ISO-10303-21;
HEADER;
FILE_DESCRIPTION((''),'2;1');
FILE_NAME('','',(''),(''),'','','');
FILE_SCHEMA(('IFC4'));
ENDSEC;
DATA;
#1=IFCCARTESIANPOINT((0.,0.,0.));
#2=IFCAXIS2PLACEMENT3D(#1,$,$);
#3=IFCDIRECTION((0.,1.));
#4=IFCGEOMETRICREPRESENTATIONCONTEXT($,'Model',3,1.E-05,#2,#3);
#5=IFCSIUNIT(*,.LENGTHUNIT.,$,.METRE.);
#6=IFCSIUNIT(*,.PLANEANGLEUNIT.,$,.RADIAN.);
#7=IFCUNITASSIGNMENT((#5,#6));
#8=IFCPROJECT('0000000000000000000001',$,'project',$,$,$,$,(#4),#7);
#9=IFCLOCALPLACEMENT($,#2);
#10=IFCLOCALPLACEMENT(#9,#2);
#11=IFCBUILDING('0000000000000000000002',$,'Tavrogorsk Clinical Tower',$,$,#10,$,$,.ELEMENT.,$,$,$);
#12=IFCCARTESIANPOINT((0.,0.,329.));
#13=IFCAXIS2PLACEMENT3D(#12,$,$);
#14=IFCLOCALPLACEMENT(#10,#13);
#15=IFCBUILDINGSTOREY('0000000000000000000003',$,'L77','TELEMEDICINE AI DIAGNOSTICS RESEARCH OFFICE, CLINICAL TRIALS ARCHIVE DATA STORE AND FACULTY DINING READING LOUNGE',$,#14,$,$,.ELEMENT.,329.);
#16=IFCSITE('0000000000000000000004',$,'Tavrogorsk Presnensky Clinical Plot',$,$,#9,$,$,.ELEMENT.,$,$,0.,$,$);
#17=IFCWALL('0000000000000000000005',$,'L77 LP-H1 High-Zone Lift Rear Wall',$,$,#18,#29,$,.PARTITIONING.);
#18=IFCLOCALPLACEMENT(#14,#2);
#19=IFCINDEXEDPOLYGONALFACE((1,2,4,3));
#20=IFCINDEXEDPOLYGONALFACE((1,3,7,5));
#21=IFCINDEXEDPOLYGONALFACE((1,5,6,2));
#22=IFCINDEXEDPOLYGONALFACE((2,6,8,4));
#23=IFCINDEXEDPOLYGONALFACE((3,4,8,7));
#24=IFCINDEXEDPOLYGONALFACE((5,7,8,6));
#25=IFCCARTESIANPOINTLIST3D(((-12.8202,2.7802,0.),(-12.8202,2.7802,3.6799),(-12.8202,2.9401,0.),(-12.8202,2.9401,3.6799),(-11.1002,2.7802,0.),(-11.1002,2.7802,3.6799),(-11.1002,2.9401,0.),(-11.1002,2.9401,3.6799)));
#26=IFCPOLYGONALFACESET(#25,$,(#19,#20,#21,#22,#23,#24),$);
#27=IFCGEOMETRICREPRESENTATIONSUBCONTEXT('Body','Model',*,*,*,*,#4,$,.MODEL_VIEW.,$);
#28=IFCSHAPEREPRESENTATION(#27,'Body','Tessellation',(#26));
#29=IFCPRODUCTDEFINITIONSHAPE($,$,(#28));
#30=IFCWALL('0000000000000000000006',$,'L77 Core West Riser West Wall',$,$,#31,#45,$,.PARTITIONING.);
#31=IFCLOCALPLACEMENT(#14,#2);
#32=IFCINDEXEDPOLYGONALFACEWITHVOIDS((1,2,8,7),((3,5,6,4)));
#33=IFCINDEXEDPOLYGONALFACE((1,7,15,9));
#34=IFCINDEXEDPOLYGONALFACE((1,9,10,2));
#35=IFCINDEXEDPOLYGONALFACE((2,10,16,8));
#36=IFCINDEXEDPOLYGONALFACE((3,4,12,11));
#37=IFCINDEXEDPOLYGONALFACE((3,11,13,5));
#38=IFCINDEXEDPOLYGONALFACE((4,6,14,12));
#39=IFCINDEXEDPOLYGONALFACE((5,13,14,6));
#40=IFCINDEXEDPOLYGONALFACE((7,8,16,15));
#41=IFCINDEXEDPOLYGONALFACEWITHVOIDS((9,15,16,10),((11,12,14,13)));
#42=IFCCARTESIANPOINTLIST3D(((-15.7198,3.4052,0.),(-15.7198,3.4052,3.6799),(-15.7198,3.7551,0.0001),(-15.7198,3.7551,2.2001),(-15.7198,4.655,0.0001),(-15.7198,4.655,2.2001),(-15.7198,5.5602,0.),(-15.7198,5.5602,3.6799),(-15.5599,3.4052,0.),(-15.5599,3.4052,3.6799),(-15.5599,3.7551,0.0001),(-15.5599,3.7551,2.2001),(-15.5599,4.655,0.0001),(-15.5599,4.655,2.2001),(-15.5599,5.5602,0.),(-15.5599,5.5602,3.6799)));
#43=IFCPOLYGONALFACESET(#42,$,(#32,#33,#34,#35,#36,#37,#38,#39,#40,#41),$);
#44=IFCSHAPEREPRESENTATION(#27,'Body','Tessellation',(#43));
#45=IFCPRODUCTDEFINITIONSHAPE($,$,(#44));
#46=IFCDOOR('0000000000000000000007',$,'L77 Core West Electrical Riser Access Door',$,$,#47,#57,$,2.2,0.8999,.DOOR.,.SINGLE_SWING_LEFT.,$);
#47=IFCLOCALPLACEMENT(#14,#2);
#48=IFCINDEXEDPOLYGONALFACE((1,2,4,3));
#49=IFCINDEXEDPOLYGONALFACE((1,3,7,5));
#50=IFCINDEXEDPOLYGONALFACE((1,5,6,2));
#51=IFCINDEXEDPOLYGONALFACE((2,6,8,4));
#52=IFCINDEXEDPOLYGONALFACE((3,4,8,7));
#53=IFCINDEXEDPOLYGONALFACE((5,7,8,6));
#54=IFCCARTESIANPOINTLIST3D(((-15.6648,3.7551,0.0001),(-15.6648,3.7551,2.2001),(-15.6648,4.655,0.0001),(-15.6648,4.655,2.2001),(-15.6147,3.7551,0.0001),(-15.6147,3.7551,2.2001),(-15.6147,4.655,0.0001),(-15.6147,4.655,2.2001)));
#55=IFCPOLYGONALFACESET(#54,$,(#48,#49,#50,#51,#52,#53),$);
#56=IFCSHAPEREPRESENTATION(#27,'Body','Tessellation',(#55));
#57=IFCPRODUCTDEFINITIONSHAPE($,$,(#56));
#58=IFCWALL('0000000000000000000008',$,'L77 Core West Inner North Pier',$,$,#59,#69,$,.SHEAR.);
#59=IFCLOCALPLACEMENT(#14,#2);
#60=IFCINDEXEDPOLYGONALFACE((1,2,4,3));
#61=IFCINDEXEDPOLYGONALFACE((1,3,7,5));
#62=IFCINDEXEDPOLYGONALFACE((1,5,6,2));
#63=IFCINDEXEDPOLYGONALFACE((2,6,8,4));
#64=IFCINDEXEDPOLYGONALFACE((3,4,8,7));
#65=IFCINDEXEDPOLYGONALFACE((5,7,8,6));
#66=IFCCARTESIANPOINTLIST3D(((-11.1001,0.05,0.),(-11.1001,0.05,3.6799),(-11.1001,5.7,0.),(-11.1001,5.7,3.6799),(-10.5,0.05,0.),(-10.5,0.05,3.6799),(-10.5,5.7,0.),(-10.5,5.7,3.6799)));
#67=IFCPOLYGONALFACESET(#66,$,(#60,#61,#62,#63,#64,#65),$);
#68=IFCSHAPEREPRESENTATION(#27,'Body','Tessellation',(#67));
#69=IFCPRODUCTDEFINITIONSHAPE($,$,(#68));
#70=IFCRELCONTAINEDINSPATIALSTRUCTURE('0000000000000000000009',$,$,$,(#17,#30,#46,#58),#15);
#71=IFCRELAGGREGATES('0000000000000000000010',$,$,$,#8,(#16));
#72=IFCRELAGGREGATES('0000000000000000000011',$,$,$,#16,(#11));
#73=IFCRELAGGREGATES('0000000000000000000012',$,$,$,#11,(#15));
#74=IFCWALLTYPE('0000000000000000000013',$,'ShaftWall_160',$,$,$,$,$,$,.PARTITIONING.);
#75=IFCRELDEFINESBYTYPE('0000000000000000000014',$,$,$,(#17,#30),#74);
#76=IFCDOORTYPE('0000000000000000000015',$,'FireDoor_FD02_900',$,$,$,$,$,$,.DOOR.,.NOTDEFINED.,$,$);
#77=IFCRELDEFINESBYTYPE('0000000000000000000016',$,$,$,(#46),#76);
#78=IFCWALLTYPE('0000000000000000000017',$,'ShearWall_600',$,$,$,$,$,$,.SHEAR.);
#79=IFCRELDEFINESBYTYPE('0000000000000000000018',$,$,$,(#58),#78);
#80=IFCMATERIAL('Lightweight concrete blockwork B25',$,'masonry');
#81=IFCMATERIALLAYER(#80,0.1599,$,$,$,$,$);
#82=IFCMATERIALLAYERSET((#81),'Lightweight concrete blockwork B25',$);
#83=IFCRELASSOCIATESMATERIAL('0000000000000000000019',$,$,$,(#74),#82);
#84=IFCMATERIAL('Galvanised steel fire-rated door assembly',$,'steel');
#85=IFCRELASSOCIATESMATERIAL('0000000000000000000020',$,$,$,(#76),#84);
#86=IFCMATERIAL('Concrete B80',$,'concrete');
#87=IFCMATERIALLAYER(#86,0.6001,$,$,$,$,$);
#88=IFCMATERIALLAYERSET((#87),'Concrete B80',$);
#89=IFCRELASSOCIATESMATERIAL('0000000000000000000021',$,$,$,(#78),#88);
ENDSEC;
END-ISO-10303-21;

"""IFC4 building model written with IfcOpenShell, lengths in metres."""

from ifc_helpers import new_model, si_unit, direction, frame, frame_2d, origin, place, context, subcontext, project, spatial, rectangle, extrude, material, layer, layer_set, type_object, element, fill, save


model = new_model("IFC4")

# Units and contexts
model_context = context("Model", 3, precision=1e-05, world=origin(), true_north=direction((0.0, 1.0)))
body_context = subcontext(model_context, "Body", "Model", "MODEL_VIEW")
ifc_project = project(units=[si_unit("LENGTHUNIT", "METRE"), si_unit("PLANEANGLEUNIT", "RADIAN")], contexts=[model_context])

# Site, building, storey
site_placement = place(None, origin())
site = spatial("IfcSite", under=ifc_project, at=site_placement, Name="Tavrogorsk Presnensky Clinical Plot", CompositionType="ELEMENT", RefElevation=0.0)
building_placement = place(site_placement, origin())
building = spatial("IfcBuilding", under=site, at=building_placement, Name="Tavrogorsk Clinical Tower", CompositionType="ELEMENT")
storey_placement = place(building_placement, frame((0.0, 0.0, 329.0)))
storey = spatial("IfcBuildingStorey", under=building, at=storey_placement, Name="L77", Description="TELEMEDICINE AI DIAGNOSTICS RESEARCH OFFICE, CLINICAL TRIALS ARCHIVE DATA STORE AND FACULTY DINING READING LOUNGE", CompositionType="ELEMENT", Elevation=329.0)

# Shared definitions
ifc_material_1 = material(Name="Lightweight concrete blockwork B25", Category="masonry")
ifc_layer_1 = layer(ifc_material_1, 0.1599)
ifc_layer_set_1 = layer_set([ifc_layer_1], Name="Lightweight concrete blockwork B25")
wall_type_1 = type_object("IfcWallType", Name="ShaftWall_160", PredefinedType="PARTITIONING", material=ifc_layer_set_1)

# Wall
wall_1_placement = place(storey_placement, frame((-12.8201, 2.8601, 0.0), z_axis=(0.0, 0.0, 1.0), x_axis=(1.0, 0.0, 0.0)))
element("IfcWall", 1, at=wall_1_placement, inside=storey, type_object=wall_type_1, Name="L77 LP-H1 High-Zone Lift Rear Wall", PredefinedType="PARTITIONING", context=body_context, shape_type="SweptSolid", body=[
    extrude(rectangle(XDim=1.72, YDim=0.1599, at=frame_2d((0.8599, 0.0))), origin(), (0.0, 0.0, 1.0), 3.6799),
])

# Wall, opening, door
wall_2_placement = place(storey_placement, frame((-15.6399, 3.405, 0.0), z_axis=(0.0, 0.0, 1.0), x_axis=(0.0, 1.0, 0.0)))
wall_2 = element("IfcWall", 2, at=wall_2_placement, inside=storey, type_object=wall_type_1, Name="L77 Core West Riser West Wall", PredefinedType="PARTITIONING", context=body_context, shape_type="SweptSolid", body=[
    extrude(rectangle(XDim=2.155, YDim=0.1599, at=frame_2d((1.0776, 0.0))), origin(), (0.0, 0.0, 1.0), 3.6799),
])
opening_1_placement = place(wall_2_placement, frame((0.3501, 0.0, 0.0)))
opening_1 = element("IfcOpeningElement", 3, at=opening_1_placement, cuts=wall_2, PredefinedType="OPENING", context=body_context, shape_type="SweptSolid", body=[
    extrude(rectangle(XDim=0.8999, YDim=2.2, at=frame_2d((0.45, 1.1001))), frame((0.0, 0.0898, 0.0), z_axis=(0.0, -1.0, 0.0), x_axis=(1.0, 0.0, 0.0)), (0.0, 0.0, 1.0), 0.1799),
])
ifc_material_2 = material(Name="Galvanised steel fire-rated door assembly", Category="steel")
door_type_1 = type_object("IfcDoorType", Name="FireDoor_FD02_900", OperationType="NOTDEFINED", PredefinedType="DOOR", material=ifc_material_2)
door_1_placement = place(opening_1_placement, origin())
door_1 = element("IfcDoor", 4, at=door_1_placement, inside=storey, type_object=door_type_1, Name="L77 Core West Electrical Riser Access Door", OperationType="SINGLE_SWING_LEFT", OverallHeight=2.2, OverallWidth=0.8999, PredefinedType="DOOR", context=body_context, shape_type="SweptSolid", body=[
    extrude(rectangle(XDim=0.8999, YDim=2.2, at=frame_2d((0.45, 1.1001))), frame((0.0, 0.0249, 0.0), z_axis=(0.0, -1.0, 0.0), x_axis=(1.0, 0.0, 0.0)), (0.0, 0.0, 1.0), 0.05),
])
fill(opening_1, door_1)

# Wall
ifc_material_3 = material(Name="Concrete B80", Category="concrete")
ifc_layer_2 = layer(ifc_material_3, 0.6001)
ifc_layer_set_2 = layer_set([ifc_layer_2], Name="Concrete B80")
wall_type_2 = type_object("IfcWallType", Name="ShearWall_600", PredefinedType="SHEAR", material=ifc_layer_set_2)
wall_3_placement = place(storey_placement, frame((-10.8, 0.05, 0.0), z_axis=(0.0, 0.0, 1.0), x_axis=(0.0, 1.0, 0.0)))
element("IfcWall", 5, at=wall_3_placement, inside=storey, type_object=wall_type_2, Name="L77 Core West Inner North Pier", PredefinedType="SHEAR", context=body_context, shape_type="SweptSolid", body=[
    extrude(rectangle(XDim=5.6499, YDim=0.6001, at=frame_2d((2.825, 0.0))), origin(), (0.0, 0.0, 1.0), 3.6799),
])

save(model, "model.ifc")
